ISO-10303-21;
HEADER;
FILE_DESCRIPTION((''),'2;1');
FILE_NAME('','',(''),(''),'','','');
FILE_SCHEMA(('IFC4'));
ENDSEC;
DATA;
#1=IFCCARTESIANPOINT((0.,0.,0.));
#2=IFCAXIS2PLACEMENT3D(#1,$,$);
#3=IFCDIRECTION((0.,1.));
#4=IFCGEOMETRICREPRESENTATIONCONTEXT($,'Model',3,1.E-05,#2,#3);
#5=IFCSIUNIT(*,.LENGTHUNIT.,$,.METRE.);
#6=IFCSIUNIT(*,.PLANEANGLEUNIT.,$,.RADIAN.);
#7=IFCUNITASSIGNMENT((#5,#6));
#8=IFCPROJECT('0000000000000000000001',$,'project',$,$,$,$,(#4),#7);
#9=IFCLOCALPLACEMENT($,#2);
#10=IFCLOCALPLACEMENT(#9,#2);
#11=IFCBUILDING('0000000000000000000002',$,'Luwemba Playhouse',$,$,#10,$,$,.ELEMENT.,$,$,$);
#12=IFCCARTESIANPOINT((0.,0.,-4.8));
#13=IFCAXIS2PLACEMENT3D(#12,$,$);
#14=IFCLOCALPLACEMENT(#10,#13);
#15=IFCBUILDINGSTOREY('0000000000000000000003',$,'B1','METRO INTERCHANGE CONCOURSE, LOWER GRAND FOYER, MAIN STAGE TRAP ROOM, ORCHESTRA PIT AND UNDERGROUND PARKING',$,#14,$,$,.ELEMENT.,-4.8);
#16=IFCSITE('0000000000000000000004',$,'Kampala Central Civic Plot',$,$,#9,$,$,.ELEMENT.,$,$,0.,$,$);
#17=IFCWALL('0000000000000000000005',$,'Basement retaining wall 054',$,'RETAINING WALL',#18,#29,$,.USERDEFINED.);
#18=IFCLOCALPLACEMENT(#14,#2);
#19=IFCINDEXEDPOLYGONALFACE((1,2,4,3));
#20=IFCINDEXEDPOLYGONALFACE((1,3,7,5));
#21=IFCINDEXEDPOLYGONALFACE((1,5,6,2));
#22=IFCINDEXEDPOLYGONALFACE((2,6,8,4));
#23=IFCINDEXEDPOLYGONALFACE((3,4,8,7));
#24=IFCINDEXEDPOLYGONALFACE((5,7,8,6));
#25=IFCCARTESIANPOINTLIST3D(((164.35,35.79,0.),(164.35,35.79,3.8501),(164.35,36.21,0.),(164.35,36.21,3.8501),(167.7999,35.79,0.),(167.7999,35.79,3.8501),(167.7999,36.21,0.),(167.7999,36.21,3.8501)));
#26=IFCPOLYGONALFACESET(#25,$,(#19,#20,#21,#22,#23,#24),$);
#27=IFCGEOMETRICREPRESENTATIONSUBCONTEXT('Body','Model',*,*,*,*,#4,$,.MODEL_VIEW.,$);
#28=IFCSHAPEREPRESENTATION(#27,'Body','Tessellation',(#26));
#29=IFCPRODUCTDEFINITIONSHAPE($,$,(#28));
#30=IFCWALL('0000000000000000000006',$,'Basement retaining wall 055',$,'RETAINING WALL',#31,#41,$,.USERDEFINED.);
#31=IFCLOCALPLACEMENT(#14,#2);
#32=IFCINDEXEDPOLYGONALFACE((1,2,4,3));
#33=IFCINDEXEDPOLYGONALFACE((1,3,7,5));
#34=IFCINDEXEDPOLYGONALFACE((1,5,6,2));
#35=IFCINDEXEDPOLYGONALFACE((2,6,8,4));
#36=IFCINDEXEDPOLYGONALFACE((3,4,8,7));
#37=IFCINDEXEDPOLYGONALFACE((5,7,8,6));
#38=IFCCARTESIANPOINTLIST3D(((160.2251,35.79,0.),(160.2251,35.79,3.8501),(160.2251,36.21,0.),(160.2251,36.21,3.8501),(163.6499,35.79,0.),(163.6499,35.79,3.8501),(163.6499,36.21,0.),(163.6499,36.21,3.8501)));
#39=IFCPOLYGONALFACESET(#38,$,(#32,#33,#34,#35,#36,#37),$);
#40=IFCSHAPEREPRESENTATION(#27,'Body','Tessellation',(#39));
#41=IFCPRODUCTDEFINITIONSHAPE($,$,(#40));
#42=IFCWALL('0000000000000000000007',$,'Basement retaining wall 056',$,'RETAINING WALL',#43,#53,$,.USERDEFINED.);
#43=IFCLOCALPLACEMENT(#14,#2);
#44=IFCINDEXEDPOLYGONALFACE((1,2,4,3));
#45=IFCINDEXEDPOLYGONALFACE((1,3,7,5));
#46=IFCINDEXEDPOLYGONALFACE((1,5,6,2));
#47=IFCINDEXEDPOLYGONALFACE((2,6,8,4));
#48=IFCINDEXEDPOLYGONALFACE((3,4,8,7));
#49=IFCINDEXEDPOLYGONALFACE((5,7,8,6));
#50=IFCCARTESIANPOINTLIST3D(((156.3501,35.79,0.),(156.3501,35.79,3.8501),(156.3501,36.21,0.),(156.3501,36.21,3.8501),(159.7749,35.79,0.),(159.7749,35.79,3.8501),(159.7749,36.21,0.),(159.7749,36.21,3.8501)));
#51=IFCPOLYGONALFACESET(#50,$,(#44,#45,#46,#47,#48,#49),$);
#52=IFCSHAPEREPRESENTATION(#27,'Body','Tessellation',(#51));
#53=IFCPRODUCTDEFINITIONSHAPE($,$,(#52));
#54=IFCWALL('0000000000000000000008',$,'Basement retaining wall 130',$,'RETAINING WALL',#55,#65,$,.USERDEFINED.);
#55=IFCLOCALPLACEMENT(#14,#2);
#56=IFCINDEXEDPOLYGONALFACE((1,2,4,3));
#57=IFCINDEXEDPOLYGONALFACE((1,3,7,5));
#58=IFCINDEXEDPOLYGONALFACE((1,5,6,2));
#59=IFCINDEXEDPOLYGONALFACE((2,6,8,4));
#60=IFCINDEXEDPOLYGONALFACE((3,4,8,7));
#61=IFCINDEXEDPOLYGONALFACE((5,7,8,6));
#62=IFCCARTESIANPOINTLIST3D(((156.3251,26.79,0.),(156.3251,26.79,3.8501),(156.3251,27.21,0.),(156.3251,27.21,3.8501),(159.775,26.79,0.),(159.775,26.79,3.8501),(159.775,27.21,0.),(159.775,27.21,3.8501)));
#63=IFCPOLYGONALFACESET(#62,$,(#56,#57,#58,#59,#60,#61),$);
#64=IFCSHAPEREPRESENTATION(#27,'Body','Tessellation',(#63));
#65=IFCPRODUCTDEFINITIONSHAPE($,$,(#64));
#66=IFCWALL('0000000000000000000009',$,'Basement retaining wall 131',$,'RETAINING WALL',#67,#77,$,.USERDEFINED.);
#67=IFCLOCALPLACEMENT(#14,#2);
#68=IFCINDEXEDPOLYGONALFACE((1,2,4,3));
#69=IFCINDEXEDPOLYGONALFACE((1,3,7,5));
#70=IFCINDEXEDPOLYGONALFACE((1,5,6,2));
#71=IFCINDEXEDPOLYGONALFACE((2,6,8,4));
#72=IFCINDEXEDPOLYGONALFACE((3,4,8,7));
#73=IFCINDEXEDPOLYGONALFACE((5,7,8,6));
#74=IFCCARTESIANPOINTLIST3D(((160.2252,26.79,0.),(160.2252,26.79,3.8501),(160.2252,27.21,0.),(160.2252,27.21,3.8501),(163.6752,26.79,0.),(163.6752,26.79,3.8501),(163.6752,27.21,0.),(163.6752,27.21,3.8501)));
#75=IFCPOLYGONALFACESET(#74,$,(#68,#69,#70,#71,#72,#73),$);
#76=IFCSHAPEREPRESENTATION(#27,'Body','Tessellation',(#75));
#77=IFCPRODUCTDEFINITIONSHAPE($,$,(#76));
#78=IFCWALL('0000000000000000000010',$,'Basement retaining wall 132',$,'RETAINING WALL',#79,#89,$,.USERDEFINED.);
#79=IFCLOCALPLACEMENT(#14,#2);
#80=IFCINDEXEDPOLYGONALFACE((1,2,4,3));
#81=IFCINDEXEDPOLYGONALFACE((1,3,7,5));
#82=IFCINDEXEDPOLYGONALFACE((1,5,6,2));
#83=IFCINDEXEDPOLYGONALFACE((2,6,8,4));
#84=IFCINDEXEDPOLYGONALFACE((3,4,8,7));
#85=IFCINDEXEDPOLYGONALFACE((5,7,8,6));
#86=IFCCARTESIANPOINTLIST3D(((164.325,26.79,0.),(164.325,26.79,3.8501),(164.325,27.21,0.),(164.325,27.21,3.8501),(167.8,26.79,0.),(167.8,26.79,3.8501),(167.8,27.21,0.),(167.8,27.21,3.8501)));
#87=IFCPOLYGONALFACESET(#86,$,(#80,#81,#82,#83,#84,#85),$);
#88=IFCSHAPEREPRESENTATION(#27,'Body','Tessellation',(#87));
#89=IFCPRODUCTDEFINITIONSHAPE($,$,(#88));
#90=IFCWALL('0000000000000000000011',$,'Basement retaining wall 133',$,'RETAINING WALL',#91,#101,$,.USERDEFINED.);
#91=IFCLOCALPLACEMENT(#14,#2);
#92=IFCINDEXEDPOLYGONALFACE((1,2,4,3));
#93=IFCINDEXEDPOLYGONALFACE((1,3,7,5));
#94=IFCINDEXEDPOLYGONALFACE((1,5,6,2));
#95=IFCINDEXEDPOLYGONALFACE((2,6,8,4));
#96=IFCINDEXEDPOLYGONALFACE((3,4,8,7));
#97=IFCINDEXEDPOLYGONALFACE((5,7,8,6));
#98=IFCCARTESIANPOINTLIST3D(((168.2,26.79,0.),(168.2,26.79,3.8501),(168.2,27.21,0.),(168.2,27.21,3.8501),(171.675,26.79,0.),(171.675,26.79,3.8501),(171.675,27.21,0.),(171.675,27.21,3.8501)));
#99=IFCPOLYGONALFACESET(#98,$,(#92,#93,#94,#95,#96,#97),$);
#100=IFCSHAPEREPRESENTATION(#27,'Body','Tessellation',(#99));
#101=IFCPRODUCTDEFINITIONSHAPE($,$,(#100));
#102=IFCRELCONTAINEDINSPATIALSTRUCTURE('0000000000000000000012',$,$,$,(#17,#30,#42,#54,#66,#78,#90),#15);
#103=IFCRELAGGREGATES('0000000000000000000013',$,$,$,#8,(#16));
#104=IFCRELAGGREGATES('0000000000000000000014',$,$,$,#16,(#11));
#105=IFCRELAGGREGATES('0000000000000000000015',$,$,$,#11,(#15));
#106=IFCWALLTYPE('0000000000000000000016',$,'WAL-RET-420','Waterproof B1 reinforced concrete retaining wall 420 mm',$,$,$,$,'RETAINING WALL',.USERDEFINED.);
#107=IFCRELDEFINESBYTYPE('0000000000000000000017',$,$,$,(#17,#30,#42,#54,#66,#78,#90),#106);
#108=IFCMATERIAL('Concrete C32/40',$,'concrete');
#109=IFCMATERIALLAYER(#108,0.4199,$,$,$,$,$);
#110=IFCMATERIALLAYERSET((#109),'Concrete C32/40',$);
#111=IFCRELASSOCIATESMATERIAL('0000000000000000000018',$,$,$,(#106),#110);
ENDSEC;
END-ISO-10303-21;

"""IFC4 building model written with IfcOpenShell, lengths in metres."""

from ifc_helpers import new_model, si_unit, direction, frame, frame_2d, origin, place, context, subcontext, project, spatial, rectangle, extrude, material, layer, layer_set, type_object, element, save


model = new_model("IFC4")

# Units and contexts
model_context = context("Model", 3, precision=1e-05, world=origin(), true_north=direction((0.0, 1.0)))
body_context = subcontext(model_context, "Body", "Model", "MODEL_VIEW")
ifc_project = project(units=[si_unit("LENGTHUNIT", "METRE"), si_unit("PLANEANGLEUNIT", "RADIAN")], contexts=[model_context])

# Site, building, storey
site_placement = place(None, origin())
site = spatial("IfcSite", under=ifc_project, at=site_placement, Name="Kampala Central Civic Plot", CompositionType="ELEMENT", RefElevation=0.0)
building_placement = place(site_placement, origin())
building = spatial("IfcBuilding", under=site, at=building_placement, Name="Luwemba Playhouse", CompositionType="ELEMENT")
storey_placement = place(building_placement, frame((0.0, 0.0, -4.8)))
storey = spatial("IfcBuildingStorey", under=building, at=storey_placement, Name="B1", Description="METRO INTERCHANGE CONCOURSE, LOWER GRAND FOYER, MAIN STAGE TRAP ROOM, ORCHESTRA PIT AND UNDERGROUND PARKING", CompositionType="ELEMENT", Elevation=-4.8)

# Shared definitions
ifc_material_1 = material(Name="Concrete C32/40", Category="concrete")

# Walls
ifc_layer_1 = layer(ifc_material_1, 0.4199)
ifc_layer_set_1 = layer_set([ifc_layer_1], Name="Concrete C32/40")
wall_type_1 = type_object("IfcWallType", Name="WAL-RET-420", Description="Waterproof B1 reinforced concrete retaining wall 420 mm", ElementType="RETAINING WALL", PredefinedType="USERDEFINED", material=ifc_layer_set_1)
for number, where, z_axis, x_axis, name in (
    (1, (167.8, 36.0, 0.0), (0.0, 0.0, 1.0), (-1.0, 0.0, 0.0), "Basement retaining wall 054"),
):
    element("IfcWall", number, at=place(storey_placement, frame(where, z_axis=z_axis, x_axis=x_axis)), inside=storey, type_object=wall_type_1, Name=name, ObjectType="RETAINING WALL", PredefinedType="USERDEFINED", context=body_context, shape_type="SweptSolid", body=[
        extrude(rectangle(XDim=3.45, YDim=0.4199, at=frame_2d((1.7251, 0.0))), origin(), (0.0, 0.0, 1.0), 3.8501),
    ])
for number, where, z_axis, x_axis, name in (
    (2, (163.6499, 36.0, 0.0), (0.0, 0.0, 1.0), (-1.0, 0.0, 0.0), "Basement retaining wall 055"),
    (3, (159.7749, 36.0, 0.0), (0.0, 0.0, 1.0), (-1.0, 0.0, 0.0), "Basement retaining wall 056"),
):
    element("IfcWall", number, at=place(storey_placement, frame(where, z_axis=z_axis, x_axis=x_axis)), inside=storey, type_object=wall_type_1, Name=name, ObjectType="RETAINING WALL", PredefinedType="USERDEFINED", context=body_context, shape_type="SweptSolid", body=[
        extrude(rectangle(XDim=3.4248, YDim=0.4199, at=frame_2d((1.7124, 0.0))), origin(), (0.0, 0.0, 1.0), 3.8501),
    ])
for number, where, z_axis, x_axis, name in (
    (4, (156.325, 27.0, 0.0), (0.0, 0.0, 1.0), (1.0, 0.0, 0.0), "Basement retaining wall 130"),
    (5, (160.2251, 27.0, 0.0), (0.0, 0.0, 1.0), (1.0, 0.0, 0.0), "Basement retaining wall 131"),
):
    element("IfcWall", number, at=place(storey_placement, frame(where, z_axis=z_axis, x_axis=x_axis)), inside=storey, type_object=wall_type_1, Name=name, ObjectType="RETAINING WALL", PredefinedType="USERDEFINED", context=body_context, shape_type="SweptSolid", body=[
        extrude(rectangle(XDim=3.45, YDim=0.4199, at=frame_2d((1.7251, 0.0))), origin(), (0.0, 0.0, 1.0), 3.8501),
    ])
for number, where, z_axis, x_axis, name in (
    (6, (164.325, 27.0, 0.0), (0.0, 0.0, 1.0), (1.0, 0.0, 0.0), "Basement retaining wall 132"),
    (7, (168.2, 27.0, 0.0), (0.0, 0.0, 1.0), (1.0, 0.0, 0.0), "Basement retaining wall 133"),
):
    element("IfcWall", number, at=place(storey_placement, frame(where, z_axis=z_axis, x_axis=x_axis)), inside=storey, type_object=wall_type_1, Name=name, ObjectType="RETAINING WALL", PredefinedType="USERDEFINED", context=body_context, shape_type="SweptSolid", body=[
        extrude(rectangle(XDim=3.4751, YDim=0.4199, at=frame_2d((1.7375, 0.0))), origin(), (0.0, 0.0, 1.0), 3.8501),
    ])

save(model, "model.ifc")
